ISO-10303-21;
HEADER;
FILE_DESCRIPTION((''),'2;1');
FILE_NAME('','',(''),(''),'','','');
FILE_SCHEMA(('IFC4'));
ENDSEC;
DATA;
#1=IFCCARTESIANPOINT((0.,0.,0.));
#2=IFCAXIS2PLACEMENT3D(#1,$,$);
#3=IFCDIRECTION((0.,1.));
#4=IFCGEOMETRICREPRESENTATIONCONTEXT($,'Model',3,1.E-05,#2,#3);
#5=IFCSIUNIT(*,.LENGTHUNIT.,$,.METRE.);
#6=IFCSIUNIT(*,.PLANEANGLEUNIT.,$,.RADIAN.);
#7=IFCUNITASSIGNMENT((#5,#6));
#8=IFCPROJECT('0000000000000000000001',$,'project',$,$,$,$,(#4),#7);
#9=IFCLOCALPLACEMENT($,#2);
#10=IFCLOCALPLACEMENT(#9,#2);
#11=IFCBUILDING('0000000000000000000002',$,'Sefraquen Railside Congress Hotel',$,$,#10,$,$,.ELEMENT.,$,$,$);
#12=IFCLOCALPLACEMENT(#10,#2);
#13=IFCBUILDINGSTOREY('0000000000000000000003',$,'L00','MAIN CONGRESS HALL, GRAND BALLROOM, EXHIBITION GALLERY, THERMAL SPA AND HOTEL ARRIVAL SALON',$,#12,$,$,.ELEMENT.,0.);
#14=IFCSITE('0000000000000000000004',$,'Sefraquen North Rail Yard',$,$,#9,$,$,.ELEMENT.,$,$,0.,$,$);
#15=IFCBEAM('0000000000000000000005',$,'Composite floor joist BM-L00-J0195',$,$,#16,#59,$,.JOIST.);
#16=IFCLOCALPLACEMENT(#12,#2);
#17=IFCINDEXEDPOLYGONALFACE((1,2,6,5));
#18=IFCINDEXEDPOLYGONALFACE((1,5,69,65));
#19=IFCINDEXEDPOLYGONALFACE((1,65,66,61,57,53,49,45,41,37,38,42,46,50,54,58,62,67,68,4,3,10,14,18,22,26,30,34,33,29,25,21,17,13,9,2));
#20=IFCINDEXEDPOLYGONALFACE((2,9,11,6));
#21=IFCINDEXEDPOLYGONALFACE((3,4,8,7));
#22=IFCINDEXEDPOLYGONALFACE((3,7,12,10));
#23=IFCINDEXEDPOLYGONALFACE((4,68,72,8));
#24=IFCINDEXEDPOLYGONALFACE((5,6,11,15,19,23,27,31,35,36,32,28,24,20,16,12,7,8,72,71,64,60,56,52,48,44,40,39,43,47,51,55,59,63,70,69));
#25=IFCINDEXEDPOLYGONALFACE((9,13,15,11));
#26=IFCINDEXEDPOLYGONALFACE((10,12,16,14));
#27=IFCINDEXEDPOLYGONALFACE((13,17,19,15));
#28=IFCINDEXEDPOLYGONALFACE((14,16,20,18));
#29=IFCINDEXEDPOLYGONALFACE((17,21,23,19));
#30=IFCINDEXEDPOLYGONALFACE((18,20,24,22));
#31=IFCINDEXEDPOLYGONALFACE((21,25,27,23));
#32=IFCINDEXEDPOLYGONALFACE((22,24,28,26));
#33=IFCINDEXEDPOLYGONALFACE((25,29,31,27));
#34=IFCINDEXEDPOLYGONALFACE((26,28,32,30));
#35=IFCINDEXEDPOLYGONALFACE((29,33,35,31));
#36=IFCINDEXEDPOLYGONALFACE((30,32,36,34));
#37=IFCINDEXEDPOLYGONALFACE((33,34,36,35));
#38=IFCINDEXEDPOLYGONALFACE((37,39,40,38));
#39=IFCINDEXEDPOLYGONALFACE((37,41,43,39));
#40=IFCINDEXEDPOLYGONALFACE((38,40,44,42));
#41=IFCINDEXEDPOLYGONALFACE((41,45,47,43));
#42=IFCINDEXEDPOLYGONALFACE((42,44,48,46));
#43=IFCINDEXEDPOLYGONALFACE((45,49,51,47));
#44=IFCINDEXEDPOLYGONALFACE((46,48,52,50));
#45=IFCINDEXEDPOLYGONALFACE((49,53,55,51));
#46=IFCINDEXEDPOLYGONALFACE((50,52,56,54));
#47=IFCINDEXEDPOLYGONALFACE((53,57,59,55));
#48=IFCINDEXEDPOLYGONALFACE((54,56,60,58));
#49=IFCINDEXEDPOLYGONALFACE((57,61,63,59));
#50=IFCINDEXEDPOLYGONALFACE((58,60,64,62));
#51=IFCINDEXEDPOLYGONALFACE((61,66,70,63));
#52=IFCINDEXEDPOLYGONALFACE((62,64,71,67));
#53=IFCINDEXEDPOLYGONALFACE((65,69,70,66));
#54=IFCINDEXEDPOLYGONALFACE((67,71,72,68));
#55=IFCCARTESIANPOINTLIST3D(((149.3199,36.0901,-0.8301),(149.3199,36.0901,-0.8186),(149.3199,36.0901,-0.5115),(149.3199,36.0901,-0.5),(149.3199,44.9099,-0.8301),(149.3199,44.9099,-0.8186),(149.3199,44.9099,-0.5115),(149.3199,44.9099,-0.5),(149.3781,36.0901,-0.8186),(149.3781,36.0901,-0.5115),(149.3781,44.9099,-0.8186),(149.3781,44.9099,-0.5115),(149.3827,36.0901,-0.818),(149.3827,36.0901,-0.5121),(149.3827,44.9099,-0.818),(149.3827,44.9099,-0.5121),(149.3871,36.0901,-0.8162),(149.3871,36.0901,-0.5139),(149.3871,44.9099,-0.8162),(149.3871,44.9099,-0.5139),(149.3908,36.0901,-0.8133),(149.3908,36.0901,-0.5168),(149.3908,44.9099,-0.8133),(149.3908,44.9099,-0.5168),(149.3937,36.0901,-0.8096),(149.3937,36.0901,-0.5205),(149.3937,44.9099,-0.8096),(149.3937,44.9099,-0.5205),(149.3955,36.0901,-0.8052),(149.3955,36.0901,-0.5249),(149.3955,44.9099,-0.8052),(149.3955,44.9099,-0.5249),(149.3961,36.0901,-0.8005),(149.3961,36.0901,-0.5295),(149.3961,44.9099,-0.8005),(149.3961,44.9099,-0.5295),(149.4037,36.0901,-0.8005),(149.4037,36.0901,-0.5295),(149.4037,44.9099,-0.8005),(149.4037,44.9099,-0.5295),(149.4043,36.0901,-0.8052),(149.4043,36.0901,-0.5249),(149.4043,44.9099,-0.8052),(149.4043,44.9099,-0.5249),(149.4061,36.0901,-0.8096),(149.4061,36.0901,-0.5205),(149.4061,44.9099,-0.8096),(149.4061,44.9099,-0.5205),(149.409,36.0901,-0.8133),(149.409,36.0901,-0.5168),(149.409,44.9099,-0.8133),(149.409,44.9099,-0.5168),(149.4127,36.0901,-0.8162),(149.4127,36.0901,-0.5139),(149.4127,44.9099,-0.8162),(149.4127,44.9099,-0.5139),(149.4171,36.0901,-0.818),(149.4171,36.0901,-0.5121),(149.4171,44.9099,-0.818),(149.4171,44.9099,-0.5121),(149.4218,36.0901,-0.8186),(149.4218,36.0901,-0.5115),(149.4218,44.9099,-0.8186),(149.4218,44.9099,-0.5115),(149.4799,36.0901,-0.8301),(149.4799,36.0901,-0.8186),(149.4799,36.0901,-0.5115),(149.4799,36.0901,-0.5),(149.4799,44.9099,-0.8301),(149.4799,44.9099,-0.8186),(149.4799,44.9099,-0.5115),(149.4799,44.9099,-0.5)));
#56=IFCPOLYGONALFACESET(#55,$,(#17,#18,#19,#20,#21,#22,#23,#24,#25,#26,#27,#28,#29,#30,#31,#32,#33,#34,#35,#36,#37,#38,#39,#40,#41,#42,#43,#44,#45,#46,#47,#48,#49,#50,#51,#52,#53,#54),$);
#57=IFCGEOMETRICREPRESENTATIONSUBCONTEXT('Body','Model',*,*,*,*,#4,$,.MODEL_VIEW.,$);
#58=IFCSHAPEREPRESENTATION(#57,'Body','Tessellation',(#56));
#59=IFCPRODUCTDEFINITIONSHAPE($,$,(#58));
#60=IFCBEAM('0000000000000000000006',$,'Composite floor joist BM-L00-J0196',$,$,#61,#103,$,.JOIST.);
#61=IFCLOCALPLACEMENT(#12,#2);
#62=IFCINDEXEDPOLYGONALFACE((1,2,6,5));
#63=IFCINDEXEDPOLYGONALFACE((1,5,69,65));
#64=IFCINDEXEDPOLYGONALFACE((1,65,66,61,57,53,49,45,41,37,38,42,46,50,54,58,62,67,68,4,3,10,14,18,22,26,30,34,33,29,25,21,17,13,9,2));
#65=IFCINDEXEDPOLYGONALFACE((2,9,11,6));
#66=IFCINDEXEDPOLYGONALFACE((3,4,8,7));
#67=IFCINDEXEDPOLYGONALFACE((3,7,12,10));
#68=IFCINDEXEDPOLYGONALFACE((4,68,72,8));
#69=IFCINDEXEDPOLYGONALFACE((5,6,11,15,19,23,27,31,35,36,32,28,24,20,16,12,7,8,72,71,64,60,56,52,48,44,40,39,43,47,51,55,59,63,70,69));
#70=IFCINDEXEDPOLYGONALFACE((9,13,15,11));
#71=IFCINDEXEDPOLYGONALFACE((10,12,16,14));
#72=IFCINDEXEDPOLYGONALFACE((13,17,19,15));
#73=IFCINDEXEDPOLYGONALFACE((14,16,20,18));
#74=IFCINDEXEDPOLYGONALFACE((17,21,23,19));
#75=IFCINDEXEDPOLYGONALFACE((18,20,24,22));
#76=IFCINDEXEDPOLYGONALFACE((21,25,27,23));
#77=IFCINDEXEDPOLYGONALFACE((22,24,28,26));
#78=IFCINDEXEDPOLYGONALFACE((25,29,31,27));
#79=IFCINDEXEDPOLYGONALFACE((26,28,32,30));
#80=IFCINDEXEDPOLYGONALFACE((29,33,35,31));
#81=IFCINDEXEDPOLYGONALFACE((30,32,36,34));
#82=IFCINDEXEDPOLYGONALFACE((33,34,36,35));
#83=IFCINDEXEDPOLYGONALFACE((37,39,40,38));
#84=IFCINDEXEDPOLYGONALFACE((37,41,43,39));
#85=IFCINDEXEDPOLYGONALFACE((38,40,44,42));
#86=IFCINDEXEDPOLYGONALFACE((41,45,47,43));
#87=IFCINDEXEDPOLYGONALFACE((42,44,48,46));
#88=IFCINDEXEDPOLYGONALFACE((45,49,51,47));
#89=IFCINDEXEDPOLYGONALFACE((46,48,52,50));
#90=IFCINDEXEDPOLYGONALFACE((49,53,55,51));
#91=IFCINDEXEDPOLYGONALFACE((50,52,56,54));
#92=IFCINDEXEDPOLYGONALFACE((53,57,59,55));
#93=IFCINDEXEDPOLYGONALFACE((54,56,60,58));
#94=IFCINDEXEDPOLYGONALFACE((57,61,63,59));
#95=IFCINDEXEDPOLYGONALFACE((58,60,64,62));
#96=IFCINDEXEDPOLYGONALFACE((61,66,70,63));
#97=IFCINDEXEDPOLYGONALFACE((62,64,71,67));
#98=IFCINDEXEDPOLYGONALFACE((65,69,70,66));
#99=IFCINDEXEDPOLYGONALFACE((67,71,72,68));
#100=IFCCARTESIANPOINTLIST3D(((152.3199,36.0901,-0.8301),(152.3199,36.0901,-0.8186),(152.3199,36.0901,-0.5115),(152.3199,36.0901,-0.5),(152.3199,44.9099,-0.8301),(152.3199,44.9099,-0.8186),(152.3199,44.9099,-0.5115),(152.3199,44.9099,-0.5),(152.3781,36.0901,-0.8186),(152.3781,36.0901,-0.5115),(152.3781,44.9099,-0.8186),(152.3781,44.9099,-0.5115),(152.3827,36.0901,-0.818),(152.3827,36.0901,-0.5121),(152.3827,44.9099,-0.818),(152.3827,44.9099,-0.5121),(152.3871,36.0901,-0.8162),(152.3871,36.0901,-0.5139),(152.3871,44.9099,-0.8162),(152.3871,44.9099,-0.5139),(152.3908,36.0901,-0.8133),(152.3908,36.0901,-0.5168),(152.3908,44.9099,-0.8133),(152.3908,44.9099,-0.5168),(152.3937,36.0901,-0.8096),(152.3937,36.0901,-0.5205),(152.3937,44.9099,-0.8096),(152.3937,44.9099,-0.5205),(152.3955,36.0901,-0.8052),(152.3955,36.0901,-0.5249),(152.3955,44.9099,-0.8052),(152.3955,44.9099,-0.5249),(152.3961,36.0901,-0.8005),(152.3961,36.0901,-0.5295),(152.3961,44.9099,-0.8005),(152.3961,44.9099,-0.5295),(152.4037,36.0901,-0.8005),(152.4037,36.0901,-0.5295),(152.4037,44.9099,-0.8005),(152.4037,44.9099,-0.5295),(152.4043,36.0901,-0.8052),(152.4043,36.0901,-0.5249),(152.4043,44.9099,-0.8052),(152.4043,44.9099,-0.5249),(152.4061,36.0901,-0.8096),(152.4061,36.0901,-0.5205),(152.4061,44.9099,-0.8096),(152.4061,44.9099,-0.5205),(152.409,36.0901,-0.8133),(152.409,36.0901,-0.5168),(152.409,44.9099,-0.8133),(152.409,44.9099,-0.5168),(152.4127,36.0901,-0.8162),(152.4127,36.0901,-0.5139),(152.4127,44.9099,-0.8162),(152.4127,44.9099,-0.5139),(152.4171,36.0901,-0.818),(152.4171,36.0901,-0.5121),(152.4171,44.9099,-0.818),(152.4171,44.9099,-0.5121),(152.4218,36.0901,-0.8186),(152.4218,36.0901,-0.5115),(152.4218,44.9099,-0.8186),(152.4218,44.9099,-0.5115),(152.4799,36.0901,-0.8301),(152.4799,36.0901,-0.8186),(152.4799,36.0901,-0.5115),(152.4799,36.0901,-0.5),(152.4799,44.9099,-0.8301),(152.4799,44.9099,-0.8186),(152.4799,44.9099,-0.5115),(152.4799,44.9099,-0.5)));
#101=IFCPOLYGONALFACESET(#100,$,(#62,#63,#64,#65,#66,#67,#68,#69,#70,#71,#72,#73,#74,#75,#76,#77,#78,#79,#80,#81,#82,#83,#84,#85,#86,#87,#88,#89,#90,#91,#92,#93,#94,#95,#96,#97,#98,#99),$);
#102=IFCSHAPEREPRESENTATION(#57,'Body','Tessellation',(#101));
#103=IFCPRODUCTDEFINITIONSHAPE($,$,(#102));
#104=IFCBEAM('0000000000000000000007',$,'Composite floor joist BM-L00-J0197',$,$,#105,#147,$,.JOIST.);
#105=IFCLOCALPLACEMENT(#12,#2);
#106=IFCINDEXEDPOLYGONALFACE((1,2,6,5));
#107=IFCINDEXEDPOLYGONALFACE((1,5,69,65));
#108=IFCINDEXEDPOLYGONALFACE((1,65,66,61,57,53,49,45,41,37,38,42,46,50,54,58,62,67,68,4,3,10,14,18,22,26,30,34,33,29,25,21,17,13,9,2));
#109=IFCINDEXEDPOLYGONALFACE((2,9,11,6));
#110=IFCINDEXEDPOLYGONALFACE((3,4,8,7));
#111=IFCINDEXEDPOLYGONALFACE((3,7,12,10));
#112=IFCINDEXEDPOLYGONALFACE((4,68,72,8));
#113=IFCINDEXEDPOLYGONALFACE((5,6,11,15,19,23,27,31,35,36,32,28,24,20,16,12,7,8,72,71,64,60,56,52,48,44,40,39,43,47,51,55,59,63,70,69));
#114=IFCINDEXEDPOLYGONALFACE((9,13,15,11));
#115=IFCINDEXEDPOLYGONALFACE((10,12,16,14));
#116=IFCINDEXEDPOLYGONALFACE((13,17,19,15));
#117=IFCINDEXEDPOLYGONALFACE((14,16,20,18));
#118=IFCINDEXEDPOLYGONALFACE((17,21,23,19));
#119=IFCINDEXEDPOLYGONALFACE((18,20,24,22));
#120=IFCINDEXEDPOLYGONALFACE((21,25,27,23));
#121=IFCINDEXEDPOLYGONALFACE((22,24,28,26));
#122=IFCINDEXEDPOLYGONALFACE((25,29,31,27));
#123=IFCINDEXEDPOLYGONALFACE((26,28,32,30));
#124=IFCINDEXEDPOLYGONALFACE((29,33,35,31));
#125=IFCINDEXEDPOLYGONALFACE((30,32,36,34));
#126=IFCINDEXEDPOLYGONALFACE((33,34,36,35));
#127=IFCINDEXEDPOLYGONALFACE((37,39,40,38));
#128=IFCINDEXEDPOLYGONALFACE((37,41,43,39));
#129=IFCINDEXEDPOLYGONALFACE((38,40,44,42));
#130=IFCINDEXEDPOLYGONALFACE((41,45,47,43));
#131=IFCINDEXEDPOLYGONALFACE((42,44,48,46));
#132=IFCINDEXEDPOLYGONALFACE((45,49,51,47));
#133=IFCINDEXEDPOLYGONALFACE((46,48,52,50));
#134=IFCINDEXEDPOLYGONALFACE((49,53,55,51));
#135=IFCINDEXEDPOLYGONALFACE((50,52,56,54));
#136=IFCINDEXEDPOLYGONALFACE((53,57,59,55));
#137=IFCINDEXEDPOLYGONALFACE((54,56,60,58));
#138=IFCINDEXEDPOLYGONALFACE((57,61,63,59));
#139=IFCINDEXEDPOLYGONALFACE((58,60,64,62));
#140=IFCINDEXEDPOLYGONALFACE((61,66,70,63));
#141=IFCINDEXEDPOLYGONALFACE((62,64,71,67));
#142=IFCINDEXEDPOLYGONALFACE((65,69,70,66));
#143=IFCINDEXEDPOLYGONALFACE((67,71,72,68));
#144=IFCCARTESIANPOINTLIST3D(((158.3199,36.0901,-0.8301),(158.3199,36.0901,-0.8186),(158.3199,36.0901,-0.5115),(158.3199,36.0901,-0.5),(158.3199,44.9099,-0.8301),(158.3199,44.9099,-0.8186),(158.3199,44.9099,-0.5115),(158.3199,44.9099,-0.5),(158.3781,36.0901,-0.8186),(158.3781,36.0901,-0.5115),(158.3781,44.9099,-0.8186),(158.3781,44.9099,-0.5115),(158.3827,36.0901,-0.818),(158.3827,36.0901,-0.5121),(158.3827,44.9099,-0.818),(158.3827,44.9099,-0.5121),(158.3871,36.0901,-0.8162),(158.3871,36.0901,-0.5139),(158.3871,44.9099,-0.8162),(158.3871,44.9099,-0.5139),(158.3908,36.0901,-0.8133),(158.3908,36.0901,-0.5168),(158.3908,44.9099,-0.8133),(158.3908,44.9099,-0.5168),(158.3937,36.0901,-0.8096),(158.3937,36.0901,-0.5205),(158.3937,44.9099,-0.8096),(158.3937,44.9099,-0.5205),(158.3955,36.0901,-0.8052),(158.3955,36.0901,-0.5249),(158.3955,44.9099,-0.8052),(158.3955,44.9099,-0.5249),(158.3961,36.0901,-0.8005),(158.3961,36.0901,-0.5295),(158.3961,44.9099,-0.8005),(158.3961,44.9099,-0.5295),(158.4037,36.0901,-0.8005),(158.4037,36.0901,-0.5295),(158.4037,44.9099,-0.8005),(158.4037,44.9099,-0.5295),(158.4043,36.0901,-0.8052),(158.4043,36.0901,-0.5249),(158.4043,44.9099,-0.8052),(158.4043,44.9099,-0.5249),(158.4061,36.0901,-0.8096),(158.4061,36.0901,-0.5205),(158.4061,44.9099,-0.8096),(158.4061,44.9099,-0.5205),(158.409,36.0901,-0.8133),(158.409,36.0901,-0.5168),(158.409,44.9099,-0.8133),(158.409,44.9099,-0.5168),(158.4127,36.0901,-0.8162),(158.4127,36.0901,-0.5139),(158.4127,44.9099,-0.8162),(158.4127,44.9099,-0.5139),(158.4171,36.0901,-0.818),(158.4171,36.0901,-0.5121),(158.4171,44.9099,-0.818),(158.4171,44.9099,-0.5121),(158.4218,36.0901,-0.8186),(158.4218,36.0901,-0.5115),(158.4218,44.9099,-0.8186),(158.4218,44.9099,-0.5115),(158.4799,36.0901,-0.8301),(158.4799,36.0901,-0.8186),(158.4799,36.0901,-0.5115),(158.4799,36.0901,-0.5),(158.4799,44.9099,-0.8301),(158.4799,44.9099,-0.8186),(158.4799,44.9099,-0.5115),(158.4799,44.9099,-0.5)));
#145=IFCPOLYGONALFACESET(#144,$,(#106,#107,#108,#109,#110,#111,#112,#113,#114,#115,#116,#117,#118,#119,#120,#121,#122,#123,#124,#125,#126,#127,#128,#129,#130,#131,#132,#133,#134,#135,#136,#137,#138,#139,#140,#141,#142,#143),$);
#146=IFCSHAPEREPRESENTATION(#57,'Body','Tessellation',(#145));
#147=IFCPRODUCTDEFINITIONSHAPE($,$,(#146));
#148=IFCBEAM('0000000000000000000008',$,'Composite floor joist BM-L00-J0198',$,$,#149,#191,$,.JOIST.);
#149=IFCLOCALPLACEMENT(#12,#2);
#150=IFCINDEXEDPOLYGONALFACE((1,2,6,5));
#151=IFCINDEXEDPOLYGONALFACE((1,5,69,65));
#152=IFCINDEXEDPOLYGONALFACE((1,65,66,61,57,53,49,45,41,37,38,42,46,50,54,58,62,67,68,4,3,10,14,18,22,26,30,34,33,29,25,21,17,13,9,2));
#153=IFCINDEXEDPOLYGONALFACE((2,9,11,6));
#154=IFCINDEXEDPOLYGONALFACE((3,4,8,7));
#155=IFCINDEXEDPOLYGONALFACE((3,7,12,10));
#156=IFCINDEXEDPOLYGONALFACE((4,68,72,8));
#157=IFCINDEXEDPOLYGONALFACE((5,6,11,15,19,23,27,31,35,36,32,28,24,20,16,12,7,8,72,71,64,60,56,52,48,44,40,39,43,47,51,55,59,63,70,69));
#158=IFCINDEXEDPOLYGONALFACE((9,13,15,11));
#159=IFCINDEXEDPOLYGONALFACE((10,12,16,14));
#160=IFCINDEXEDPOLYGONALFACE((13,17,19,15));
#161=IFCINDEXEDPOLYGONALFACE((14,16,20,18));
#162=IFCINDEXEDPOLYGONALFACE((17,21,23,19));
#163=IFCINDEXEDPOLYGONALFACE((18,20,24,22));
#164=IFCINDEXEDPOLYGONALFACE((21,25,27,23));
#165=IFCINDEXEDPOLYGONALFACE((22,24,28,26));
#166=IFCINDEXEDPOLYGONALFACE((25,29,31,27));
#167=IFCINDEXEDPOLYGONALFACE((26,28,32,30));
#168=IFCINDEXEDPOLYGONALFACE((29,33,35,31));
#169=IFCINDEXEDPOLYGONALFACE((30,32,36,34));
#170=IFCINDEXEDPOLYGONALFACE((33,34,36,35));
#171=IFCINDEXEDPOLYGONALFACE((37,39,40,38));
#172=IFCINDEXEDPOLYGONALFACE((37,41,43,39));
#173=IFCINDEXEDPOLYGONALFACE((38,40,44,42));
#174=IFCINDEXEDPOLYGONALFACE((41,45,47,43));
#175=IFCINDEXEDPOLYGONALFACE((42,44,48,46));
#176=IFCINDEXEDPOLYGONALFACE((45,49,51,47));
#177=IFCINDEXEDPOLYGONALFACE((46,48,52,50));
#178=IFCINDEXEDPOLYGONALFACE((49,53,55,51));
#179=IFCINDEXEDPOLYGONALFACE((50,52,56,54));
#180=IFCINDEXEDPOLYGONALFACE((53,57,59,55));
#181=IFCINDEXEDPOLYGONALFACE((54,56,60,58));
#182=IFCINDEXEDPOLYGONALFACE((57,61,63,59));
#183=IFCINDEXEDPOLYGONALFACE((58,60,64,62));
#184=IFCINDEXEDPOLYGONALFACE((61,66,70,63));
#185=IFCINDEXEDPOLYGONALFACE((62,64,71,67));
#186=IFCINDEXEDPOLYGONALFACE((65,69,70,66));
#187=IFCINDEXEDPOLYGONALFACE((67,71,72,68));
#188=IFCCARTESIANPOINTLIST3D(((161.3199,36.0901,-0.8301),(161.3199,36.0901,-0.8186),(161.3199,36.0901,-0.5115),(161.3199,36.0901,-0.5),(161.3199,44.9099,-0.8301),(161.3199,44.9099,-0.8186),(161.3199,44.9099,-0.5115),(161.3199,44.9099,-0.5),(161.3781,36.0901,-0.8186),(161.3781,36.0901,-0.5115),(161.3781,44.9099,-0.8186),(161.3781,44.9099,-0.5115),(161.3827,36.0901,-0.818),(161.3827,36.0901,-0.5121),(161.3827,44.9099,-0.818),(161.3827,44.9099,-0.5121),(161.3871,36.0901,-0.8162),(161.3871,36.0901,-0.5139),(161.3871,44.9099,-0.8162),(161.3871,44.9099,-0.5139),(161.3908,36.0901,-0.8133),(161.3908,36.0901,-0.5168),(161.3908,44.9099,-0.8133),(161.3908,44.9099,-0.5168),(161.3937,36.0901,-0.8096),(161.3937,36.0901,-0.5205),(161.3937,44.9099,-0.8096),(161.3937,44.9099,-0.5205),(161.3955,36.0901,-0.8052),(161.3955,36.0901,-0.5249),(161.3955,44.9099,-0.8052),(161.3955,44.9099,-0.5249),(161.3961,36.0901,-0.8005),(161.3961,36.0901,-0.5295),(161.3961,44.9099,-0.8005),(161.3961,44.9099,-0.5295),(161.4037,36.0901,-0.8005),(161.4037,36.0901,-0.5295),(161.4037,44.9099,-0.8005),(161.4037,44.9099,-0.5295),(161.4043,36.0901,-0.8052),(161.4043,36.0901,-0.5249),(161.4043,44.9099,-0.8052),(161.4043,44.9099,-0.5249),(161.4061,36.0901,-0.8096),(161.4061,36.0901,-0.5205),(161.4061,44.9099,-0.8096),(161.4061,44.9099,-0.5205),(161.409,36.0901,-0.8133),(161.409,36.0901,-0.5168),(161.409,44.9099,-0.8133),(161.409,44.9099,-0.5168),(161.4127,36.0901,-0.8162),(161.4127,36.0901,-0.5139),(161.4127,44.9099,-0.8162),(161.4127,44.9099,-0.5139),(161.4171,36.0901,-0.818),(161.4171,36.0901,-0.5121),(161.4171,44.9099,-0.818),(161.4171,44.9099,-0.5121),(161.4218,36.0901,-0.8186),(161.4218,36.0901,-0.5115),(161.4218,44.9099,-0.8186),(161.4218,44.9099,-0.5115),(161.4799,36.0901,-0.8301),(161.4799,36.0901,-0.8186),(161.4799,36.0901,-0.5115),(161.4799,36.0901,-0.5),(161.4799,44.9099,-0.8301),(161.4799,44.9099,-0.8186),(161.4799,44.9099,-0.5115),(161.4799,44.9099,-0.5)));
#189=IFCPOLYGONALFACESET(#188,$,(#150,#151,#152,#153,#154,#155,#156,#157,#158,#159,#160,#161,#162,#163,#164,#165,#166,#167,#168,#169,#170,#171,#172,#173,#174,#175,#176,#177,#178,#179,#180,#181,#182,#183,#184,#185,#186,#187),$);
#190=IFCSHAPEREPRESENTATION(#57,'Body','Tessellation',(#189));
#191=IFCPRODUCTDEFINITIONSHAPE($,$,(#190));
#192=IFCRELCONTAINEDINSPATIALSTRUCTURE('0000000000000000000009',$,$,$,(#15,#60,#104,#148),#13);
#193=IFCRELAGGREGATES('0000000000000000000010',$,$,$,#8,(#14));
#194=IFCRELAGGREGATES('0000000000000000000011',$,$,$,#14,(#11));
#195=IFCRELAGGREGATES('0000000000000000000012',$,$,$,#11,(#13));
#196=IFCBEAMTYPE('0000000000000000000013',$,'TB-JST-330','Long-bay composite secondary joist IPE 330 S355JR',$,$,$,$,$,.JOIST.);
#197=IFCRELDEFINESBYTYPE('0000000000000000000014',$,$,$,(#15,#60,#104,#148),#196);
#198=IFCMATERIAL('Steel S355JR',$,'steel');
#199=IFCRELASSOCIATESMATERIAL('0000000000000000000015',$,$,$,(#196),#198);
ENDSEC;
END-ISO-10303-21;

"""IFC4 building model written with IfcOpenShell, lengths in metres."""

from ifc_helpers import new_model, si_unit, direction, frame, origin, origin_2d, place, context, subcontext, project, spatial, i_section, extrude, material, material_profile, profile_set, type_object, element, save


model = new_model("IFC4")

# Units and contexts
model_context = context("Model", 3, precision=1e-05, world=origin(), true_north=direction((0.0, 1.0)))
body_context = subcontext(model_context, "Body", "Model", "MODEL_VIEW")
ifc_project = project(units=[si_unit("LENGTHUNIT", "METRE"), si_unit("PLANEANGLEUNIT", "RADIAN")], contexts=[model_context])

# Site, building, storey
site_placement = place(None, origin())
site = spatial("IfcSite", under=ifc_project, at=site_placement, Name="Sefraquen North Rail Yard", CompositionType="ELEMENT", RefElevation=0.0)
building_placement = place(site_placement, origin())
building = spatial("IfcBuilding", under=site, at=building_placement, Name="Sefraquen Railside Congress Hotel", CompositionType="ELEMENT")
storey_placement = place(building_placement, origin())
storey = spatial("IfcBuildingStorey", under=building, at=storey_placement, Name="L00", Description="MAIN CONGRESS HALL, GRAND BALLROOM, EXHIBITION GALLERY, THERMAL SPA AND HOTEL ARRIVAL SALON", CompositionType="ELEMENT", Elevation=0.0)

# Shared definitions
ifc_material_1 = material(Name="Steel S355JR", Category="steel")

# Beams
ifc_material_profile_1 = material_profile(ifc_material_1, i_section(OverallWidth=0.1599, OverallDepth=0.3301, WebThickness=0.0076, FlangeThickness=0.0115, FilletRadius=0.0181, at=origin_2d()), Name="IPE 330")
ifc_profile_set_1 = profile_set([ifc_material_profile_1], Name="Steel S355JR")
beam_type_1 = type_object("IfcBeamType", Name="TB-JST-330", Description="Long-bay composite secondary joist IPE 330 S355JR", PredefinedType="JOIST", material=ifc_profile_set_1)
for number, where, z_axis, x_axis, name in (
    (1, (149.3999, 36.0901, -0.665), (0.0, 1.0, 0.0), (-1.0, 0.0, 0.0), "Composite floor joist BM-L00-J0195"),
    (2, (152.3999, 36.0901, -0.665), (0.0, 1.0, 0.0), (-1.0, 0.0, 0.0), "Composite floor joist BM-L00-J0196"),
    (3, (158.3999, 36.0901, -0.665), (0.0, 1.0, 0.0), (-1.0, 0.0, 0.0), "Composite floor joist BM-L00-J0197"),
    (4, (161.3999, 36.0901, -0.665), (0.0, 1.0, 0.0), (-1.0, 0.0, 0.0), "Composite floor joist BM-L00-J0198"),
):
    element("IfcBeam", number, at=place(storey_placement, frame(where, z_axis=z_axis, x_axis=x_axis)), inside=storey, type_object=beam_type_1, Name=name, PredefinedType="JOIST", context=body_context, shape_type="SweptSolid", body=[
        extrude(i_section(OverallWidth=0.1599, OverallDepth=0.3301, WebThickness=0.0076, FlangeThickness=0.0115, FilletRadius=0.0181, at=origin_2d()), origin(), (0.0, 0.0, 1.0), 8.8198),
    ])

save(model, "model.ifc")
